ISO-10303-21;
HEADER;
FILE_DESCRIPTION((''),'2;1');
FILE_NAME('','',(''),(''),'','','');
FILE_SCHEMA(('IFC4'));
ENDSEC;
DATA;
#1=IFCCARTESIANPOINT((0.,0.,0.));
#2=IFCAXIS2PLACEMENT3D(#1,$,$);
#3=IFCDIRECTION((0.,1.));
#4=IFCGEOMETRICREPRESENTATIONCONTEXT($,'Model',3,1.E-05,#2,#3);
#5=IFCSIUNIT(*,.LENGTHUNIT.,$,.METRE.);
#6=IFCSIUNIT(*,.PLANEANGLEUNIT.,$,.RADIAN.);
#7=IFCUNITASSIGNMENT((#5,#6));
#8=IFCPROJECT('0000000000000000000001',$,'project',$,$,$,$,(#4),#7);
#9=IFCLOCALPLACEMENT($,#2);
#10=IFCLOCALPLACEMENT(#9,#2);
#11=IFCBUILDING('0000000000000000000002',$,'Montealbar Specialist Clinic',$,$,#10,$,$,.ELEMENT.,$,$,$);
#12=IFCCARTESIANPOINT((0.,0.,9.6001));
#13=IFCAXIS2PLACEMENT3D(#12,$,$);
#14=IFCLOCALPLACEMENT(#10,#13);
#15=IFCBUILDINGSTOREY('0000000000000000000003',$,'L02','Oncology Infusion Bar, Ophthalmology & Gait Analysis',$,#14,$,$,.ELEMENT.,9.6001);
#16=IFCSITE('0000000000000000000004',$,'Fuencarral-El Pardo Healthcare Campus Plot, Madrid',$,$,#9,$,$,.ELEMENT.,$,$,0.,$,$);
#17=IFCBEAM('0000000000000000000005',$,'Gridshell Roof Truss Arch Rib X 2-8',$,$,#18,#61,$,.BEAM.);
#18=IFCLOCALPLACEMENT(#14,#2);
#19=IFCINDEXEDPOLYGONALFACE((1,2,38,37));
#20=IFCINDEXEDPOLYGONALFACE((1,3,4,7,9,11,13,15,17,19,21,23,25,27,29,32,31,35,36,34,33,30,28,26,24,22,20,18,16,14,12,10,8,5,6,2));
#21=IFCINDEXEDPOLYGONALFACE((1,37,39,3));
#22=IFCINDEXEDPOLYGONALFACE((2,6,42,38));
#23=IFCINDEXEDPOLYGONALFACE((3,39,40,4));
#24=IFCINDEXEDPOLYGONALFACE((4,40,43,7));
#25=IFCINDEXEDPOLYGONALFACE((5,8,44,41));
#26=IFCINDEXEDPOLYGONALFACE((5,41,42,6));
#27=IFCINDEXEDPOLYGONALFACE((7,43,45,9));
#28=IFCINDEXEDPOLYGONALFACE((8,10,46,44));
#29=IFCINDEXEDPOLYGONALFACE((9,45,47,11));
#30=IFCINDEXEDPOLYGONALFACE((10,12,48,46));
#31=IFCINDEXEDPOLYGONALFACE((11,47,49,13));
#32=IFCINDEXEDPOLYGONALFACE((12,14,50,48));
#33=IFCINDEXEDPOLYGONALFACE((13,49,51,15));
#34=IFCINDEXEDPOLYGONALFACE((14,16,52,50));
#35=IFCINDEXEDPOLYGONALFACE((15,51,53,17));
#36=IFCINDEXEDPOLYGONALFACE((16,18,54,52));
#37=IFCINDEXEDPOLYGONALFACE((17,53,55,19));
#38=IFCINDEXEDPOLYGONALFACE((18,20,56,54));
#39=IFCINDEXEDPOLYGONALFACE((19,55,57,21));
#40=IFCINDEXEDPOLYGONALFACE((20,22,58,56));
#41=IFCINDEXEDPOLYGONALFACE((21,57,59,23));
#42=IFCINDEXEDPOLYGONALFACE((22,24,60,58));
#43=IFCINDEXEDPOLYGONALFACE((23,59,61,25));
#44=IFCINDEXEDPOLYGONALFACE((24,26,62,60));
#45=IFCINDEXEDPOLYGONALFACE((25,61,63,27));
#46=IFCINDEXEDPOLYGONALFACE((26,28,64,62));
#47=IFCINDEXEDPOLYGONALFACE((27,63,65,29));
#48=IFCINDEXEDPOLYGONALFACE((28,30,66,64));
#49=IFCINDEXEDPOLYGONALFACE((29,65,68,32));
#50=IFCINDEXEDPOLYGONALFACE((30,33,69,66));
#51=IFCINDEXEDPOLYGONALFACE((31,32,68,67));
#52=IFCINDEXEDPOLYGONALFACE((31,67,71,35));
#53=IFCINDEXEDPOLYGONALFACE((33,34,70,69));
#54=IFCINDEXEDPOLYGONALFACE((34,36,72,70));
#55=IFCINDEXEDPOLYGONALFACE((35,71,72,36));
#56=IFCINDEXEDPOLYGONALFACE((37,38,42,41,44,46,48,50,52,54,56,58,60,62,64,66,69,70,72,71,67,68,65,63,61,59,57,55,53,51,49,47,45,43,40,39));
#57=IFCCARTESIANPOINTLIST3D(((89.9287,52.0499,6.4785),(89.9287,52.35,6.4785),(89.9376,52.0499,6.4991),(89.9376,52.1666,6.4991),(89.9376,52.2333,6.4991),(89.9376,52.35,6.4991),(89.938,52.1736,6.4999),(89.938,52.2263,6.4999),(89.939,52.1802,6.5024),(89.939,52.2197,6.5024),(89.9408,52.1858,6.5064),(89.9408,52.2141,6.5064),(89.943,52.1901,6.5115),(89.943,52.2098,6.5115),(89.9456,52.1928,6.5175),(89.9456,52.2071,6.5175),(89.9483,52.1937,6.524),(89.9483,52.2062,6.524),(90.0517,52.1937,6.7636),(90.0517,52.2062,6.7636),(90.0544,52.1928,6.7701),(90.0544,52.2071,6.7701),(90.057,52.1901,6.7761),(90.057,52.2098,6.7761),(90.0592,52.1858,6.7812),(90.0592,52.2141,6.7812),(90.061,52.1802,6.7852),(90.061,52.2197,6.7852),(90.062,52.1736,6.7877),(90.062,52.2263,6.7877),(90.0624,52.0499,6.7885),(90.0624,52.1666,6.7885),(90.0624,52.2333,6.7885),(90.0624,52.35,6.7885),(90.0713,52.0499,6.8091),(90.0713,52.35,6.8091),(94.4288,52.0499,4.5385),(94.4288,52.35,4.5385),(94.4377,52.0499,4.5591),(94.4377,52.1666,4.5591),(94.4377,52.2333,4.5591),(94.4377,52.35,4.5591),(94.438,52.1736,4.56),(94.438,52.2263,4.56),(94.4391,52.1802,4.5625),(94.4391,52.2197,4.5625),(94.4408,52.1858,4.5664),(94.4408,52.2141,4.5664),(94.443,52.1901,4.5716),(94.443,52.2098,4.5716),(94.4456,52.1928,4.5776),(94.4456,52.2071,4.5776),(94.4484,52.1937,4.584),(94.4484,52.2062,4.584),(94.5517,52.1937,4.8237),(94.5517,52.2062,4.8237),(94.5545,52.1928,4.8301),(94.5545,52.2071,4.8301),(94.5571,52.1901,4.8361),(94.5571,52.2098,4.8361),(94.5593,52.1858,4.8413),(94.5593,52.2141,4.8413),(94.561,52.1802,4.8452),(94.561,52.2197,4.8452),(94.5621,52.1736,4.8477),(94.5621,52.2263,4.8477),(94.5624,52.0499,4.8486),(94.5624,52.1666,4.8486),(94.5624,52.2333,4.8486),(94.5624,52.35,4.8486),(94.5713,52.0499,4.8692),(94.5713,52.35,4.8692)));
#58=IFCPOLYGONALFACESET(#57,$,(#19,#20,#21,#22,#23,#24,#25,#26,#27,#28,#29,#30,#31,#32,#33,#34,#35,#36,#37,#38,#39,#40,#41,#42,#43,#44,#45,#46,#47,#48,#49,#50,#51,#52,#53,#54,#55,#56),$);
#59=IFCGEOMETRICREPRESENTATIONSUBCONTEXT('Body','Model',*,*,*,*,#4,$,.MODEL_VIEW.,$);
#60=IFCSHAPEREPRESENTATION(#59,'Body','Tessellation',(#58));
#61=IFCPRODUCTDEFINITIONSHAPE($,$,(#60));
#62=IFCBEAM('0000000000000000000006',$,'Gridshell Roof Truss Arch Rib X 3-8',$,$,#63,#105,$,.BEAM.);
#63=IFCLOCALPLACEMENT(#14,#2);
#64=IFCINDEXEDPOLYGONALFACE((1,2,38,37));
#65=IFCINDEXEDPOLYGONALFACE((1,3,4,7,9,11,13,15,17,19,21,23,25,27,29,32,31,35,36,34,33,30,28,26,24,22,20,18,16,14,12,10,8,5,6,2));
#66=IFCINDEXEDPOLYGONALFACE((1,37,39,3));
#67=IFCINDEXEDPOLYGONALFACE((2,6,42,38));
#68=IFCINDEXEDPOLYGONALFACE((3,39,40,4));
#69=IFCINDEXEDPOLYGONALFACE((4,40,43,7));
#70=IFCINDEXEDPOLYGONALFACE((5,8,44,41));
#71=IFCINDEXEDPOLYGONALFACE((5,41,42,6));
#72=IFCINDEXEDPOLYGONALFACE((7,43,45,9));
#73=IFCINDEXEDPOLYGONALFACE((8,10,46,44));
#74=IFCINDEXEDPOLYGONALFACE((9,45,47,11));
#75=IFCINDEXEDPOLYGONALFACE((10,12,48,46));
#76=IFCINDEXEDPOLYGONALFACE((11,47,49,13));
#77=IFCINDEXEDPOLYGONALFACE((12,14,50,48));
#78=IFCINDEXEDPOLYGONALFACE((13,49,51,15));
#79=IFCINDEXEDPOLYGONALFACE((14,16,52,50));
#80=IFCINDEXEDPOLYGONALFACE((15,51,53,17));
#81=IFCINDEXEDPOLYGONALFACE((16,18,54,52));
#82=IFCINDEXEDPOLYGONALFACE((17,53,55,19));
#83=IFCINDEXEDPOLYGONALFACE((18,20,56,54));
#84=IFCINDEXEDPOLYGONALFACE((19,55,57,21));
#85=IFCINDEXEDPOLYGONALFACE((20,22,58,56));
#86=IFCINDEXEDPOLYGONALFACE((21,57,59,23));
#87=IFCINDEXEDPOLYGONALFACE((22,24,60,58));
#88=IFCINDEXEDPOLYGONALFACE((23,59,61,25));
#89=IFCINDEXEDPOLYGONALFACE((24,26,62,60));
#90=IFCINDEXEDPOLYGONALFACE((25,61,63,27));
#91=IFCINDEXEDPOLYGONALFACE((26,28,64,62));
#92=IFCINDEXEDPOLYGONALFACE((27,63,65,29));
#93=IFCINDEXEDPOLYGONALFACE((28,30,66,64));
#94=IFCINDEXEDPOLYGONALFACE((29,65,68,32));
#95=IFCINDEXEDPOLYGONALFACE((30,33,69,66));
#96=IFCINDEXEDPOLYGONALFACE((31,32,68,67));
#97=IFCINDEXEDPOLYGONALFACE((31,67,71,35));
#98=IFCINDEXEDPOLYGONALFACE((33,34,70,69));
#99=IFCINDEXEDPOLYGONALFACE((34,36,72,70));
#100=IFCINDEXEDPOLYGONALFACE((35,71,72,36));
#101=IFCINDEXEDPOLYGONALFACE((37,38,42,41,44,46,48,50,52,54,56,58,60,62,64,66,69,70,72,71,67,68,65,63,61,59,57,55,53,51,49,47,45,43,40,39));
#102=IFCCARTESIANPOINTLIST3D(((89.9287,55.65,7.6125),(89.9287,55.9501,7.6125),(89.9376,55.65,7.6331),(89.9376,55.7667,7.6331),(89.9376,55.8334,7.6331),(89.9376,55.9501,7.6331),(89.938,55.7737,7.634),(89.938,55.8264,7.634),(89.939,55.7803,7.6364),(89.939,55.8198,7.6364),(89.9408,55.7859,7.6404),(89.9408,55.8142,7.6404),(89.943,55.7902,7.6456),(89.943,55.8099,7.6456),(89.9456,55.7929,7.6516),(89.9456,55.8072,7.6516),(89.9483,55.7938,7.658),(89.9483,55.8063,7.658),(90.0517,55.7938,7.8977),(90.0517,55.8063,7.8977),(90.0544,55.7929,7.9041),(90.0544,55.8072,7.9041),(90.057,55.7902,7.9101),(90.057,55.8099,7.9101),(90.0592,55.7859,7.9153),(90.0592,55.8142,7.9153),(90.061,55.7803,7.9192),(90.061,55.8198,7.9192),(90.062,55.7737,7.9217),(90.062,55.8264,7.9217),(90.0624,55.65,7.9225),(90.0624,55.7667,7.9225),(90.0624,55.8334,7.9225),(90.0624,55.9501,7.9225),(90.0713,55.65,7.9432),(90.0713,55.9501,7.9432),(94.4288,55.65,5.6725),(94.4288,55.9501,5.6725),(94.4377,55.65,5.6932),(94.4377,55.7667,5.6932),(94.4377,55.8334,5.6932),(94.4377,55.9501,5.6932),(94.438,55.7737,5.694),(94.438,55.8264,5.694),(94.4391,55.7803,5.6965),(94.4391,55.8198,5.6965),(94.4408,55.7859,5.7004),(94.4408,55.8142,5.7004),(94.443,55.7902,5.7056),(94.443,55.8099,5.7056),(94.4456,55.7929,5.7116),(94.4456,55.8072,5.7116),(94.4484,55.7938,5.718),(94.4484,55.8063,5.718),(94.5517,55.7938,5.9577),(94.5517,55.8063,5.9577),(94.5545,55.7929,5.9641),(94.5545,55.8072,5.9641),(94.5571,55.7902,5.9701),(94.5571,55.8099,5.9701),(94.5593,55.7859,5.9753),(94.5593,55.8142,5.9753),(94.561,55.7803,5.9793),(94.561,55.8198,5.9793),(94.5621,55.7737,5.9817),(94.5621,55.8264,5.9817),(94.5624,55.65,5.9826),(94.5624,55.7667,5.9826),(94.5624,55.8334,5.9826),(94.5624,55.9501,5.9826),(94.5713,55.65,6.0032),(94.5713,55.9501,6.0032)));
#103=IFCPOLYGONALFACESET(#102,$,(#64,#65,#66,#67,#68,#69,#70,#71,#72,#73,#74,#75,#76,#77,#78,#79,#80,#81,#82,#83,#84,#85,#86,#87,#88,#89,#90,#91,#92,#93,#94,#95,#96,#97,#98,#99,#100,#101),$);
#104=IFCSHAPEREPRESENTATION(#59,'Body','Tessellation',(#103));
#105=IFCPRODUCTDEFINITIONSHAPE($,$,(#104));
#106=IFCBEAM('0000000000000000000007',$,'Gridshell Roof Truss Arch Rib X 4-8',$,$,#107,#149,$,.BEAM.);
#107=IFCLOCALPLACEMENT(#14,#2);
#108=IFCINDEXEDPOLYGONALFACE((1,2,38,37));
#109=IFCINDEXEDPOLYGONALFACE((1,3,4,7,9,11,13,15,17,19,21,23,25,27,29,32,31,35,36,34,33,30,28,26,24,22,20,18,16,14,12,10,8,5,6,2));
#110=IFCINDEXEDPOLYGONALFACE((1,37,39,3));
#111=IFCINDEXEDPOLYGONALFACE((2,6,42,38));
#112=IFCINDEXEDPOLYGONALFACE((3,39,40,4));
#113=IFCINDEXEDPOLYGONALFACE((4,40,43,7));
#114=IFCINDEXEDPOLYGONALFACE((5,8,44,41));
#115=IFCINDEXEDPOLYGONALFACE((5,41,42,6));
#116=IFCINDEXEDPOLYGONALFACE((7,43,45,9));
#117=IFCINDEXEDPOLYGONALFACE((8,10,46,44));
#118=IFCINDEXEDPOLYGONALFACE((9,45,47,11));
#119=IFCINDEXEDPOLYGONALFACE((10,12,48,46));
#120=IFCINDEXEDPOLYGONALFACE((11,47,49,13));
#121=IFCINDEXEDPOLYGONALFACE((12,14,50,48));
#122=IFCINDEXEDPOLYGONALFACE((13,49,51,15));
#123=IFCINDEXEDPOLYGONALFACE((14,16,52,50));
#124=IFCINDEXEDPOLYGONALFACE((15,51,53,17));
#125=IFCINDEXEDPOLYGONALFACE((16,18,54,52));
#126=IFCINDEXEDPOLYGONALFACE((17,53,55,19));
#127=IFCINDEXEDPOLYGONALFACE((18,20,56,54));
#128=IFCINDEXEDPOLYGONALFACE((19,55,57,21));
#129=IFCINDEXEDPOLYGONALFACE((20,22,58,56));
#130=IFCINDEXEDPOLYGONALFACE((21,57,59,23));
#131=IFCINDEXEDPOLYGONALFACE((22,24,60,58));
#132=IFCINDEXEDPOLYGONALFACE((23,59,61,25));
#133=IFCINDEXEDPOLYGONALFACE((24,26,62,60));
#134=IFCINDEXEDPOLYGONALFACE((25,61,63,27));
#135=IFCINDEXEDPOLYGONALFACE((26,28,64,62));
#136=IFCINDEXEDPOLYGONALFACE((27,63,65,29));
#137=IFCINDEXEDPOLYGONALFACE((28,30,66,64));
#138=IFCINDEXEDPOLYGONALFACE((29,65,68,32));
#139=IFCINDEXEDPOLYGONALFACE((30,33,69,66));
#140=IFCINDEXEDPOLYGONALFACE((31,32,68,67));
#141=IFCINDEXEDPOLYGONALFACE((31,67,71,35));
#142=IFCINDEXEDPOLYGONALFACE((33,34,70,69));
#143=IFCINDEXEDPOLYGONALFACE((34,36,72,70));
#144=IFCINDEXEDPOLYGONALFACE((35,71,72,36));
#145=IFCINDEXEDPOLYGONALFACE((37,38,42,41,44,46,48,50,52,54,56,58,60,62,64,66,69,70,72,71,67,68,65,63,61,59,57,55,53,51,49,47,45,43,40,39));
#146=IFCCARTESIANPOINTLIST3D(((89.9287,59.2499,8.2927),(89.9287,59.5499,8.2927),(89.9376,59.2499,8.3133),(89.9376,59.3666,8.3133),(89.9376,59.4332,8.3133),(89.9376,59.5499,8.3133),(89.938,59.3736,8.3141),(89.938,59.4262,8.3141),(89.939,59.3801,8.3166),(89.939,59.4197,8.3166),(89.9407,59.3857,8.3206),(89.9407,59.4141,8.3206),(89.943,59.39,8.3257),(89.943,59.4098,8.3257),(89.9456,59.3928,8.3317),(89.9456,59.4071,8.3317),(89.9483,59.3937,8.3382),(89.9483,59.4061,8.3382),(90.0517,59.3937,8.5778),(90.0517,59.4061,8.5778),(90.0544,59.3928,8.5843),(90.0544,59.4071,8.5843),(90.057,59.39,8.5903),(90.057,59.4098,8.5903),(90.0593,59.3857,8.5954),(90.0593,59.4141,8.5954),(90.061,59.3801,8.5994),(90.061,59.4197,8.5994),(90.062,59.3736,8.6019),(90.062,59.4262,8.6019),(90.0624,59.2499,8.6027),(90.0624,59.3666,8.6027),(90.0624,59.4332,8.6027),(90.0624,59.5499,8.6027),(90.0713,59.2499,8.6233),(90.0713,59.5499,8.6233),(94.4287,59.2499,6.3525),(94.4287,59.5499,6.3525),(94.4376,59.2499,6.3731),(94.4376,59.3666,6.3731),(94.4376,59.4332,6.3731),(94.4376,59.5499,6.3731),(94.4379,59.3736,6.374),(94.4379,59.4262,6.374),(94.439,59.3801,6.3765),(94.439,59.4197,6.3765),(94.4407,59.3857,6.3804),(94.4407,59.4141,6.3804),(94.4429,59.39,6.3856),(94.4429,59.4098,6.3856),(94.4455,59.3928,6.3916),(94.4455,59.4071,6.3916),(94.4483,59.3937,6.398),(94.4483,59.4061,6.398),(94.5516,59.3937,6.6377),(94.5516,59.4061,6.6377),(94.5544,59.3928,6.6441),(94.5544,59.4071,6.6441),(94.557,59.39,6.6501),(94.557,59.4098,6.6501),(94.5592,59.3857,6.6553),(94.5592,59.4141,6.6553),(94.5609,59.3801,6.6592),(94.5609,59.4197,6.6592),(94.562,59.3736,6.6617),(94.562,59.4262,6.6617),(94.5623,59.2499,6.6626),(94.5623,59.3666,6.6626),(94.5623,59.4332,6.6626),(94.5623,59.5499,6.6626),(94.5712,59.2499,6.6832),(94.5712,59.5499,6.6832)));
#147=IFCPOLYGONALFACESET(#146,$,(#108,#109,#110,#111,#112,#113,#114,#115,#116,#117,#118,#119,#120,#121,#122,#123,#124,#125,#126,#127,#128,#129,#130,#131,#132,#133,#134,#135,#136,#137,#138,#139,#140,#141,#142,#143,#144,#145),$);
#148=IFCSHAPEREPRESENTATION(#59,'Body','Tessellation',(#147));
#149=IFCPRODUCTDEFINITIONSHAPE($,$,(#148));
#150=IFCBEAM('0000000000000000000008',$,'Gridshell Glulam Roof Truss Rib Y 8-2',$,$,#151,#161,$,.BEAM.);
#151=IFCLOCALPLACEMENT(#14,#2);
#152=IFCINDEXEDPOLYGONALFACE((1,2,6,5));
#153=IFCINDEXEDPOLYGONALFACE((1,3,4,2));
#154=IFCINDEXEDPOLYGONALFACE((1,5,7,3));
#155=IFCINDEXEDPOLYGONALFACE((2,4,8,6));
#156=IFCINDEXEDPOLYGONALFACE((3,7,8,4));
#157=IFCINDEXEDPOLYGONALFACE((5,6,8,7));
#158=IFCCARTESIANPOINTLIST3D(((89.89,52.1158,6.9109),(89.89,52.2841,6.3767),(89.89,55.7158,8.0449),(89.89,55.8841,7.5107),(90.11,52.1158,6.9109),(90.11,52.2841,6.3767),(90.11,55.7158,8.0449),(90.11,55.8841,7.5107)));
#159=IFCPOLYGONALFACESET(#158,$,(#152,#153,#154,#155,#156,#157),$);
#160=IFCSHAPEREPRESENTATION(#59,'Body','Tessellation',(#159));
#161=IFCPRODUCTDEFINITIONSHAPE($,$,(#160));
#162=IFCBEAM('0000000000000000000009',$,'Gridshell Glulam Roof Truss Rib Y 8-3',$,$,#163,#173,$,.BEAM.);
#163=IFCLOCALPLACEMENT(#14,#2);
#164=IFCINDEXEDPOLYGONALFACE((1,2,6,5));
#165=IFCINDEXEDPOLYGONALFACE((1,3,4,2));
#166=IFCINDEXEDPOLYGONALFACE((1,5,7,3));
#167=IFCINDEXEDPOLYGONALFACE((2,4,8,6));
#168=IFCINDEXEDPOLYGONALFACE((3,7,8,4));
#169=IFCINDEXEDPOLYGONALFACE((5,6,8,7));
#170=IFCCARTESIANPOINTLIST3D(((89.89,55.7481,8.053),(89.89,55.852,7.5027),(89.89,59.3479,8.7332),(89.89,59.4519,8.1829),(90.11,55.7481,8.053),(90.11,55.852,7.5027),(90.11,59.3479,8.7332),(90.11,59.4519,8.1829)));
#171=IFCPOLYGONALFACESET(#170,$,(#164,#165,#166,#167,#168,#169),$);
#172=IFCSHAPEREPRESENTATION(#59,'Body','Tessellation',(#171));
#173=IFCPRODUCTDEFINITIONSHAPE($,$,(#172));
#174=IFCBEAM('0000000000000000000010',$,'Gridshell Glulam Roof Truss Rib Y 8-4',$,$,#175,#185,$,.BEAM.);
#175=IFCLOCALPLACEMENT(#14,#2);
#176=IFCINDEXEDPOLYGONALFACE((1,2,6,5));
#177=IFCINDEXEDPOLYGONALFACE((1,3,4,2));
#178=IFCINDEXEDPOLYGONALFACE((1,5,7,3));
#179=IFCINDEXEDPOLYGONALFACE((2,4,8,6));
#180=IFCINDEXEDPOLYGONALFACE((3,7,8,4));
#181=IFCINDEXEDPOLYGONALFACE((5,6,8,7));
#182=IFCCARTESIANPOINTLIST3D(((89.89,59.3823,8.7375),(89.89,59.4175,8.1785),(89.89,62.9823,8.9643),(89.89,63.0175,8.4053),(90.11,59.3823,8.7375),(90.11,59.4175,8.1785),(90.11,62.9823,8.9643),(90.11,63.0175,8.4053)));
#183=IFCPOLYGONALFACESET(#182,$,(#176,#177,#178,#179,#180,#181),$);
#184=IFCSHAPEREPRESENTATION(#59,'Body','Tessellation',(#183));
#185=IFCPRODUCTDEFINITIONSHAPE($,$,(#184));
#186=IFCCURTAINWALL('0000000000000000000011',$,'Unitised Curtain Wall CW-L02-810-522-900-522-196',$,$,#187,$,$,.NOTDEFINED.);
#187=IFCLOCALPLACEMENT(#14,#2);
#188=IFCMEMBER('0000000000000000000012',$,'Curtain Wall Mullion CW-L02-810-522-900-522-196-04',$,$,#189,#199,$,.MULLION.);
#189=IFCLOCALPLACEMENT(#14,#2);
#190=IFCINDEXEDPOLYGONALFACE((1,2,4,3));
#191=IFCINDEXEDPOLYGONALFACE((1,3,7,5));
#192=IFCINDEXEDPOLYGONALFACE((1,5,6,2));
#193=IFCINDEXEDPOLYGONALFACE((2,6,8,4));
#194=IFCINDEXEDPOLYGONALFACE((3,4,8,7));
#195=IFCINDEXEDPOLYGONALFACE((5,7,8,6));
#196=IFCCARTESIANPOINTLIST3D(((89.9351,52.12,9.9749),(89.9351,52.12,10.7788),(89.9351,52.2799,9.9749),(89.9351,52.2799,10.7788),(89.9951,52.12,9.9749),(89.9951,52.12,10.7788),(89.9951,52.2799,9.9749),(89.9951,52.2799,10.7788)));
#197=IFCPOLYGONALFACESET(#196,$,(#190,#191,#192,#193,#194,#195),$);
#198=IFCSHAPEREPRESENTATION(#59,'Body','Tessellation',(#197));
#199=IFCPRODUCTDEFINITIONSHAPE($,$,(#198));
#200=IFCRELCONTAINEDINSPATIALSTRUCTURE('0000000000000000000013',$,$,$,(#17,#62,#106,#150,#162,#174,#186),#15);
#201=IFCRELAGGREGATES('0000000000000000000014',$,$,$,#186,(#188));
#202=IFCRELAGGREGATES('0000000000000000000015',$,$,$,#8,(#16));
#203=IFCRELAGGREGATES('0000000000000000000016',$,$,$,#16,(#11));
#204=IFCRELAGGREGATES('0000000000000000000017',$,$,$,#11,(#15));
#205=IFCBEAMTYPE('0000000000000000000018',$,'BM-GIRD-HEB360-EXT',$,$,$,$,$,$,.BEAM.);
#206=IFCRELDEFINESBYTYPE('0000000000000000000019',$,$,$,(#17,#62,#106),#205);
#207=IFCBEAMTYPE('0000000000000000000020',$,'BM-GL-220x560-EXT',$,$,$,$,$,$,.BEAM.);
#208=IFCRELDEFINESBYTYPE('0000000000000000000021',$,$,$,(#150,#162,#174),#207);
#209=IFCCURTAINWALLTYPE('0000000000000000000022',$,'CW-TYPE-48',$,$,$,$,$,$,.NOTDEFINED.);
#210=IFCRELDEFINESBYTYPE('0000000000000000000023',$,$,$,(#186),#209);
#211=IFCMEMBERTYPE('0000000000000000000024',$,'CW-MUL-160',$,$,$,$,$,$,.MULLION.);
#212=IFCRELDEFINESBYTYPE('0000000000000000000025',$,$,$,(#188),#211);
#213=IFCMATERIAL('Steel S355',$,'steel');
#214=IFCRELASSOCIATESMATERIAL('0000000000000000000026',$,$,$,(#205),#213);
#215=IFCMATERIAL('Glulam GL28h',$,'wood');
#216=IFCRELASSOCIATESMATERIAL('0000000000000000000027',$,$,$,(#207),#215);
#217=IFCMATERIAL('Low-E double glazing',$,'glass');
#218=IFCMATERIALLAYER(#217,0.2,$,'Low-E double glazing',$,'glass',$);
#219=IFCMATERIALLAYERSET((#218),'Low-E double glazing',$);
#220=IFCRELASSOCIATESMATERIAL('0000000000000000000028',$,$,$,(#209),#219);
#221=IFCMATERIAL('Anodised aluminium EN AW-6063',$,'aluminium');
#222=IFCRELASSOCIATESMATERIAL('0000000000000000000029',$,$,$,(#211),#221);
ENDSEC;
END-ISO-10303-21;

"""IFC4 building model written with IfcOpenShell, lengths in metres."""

from ifc_helpers import new_model, si_unit, direction, frame, origin, origin_2d, place, context, subcontext, project, spatial, rectangle, i_section, extrude, material, layer, layer_set, material_profile, profile_set, type_object, element, aggregate, save


model = new_model("IFC4")

# Units and contexts
model_context = context("Model", 3, precision=1e-05, world=origin(), true_north=direction((0.0, 1.0)))
body_context = subcontext(model_context, "Body", "Model", "MODEL_VIEW")
ifc_project = project(units=[si_unit("LENGTHUNIT", "METRE"), si_unit("PLANEANGLEUNIT", "RADIAN")], contexts=[model_context])

# Site, building, storey
site_placement = place(None, origin())
site = spatial("IfcSite", under=ifc_project, at=site_placement, Name="Fuencarral-El Pardo Healthcare Campus Plot, Madrid", CompositionType="ELEMENT", RefElevation=0.0)
building_placement = place(site_placement, origin())
building = spatial("IfcBuilding", under=site, at=building_placement, Name="Montealbar Specialist Clinic", CompositionType="ELEMENT")
storey_placement = place(building_placement, frame((0.0, 0.0, 9.6001)))
storey = spatial("IfcBuildingStorey", under=building, at=storey_placement, Name="L02", Description="Oncology Infusion Bar, Ophthalmology & Gait Analysis", CompositionType="ELEMENT", Elevation=9.6001)

# Beams
ifc_material_1 = material(Name="Steel S355", Category="steel")
ifc_material_profile_1 = material_profile(ifc_material_1, i_section(OverallWidth=0.3, OverallDepth=0.3601, WebThickness=0.0125, FlangeThickness=0.0225, FilletRadius=0.0271, at=origin_2d()), Name="HEB 360", Category="steel")
ifc_profile_set_1 = profile_set([ifc_material_profile_1], Name="Steel S355")
beam_type_1 = type_object("IfcBeamType", Name="BM-GIRD-HEB360-EXT", PredefinedType="BEAM", material=ifc_profile_set_1)
for number, where, z_axis, x_axis, name in (
    (1, (90.0, 52.2, 6.6438), (0.918303, 0.0, -0.395879), (0.0, 1.0, 0.0), "Gridshell Roof Truss Arch Rib X 2-8"),
    (2, (90.0, 55.8, 7.7778), (0.918303, 0.0, -0.395879), (0.0, 1.0, 0.0), "Gridshell Roof Truss Arch Rib X 3-8"),
    (3, (90.0, 59.3999, 8.458), (0.918285, 0.0, -0.395921), (0.0, 1.0, 0.0), "Gridshell Roof Truss Arch Rib X 4-8"),
):
    element("IfcBeam", number, at=place(storey_placement, frame(where, z_axis=z_axis, x_axis=x_axis)), inside=storey, type_object=beam_type_1, Name=name, PredefinedType="BEAM", context=body_context, shape_type="SweptSolid", body=[
        extrude(i_section(OverallWidth=0.3, OverallDepth=0.3601, WebThickness=0.0125, FlangeThickness=0.0225, FilletRadius=0.0271, at=origin_2d()), origin(), (0.0, 0.0, 1.0), 4.9004),
    ])
ifc_material_2 = material(Name="Glulam GL28h", Category="wood")
ifc_material_profile_2 = material_profile(ifc_material_2, rectangle(XDim=0.22, YDim=0.5601, at=origin_2d()), Name="GL28h 220x560", Category="wood")
ifc_profile_set_2 = profile_set([ifc_material_profile_2], Name="Glulam GL28h")
beam_type_2 = type_object("IfcBeamType", Name="BM-GL-220x560-EXT", PredefinedType="BEAM", material=ifc_profile_set_2)
beam_1_placement = place(storey_placement, frame((90.0, 52.2, 6.6438), z_axis=(0.0, 0.953798, 0.300447), x_axis=(-1.0, 0.0, 0.0)))
element("IfcBeam", 4, at=beam_1_placement, inside=storey, type_object=beam_type_2, Name="Gridshell Glulam Roof Truss Rib Y 8-2", PredefinedType="BEAM", context=body_context, shape_type="SweptSolid", body=[
    extrude(rectangle(XDim=0.22, YDim=0.5601, at=origin_2d()), origin(), (0.0, 0.0, 1.0), 3.7744),
])
beam_2_placement = place(storey_placement, frame((90.0, 55.8, 7.7778), z_axis=(0.0, 0.982614, 0.18566), x_axis=(-1.0, 0.0, 0.0)))
element("IfcBeam", 5, at=beam_2_placement, inside=storey, type_object=beam_type_2, Name="Gridshell Glulam Roof Truss Rib Y 8-3", PredefinedType="BEAM", context=body_context, shape_type="SweptSolid", body=[
    extrude(rectangle(XDim=0.22, YDim=0.5601, at=origin_2d()), origin(), (0.0, 0.0, 1.0), 3.6636),
])
beam_3_placement = place(storey_placement, frame((90.0, 59.3999, 8.458), z_axis=(0.0, 0.998021, 0.062875), x_axis=(-1.0, 0.0, 0.0)))
element("IfcBeam", 6, at=beam_3_placement, inside=storey, type_object=beam_type_2, Name="Gridshell Glulam Roof Truss Rib Y 8-4", PredefinedType="BEAM", context=body_context, shape_type="SweptSolid", body=[
    extrude(rectangle(XDim=0.22, YDim=0.5601, at=origin_2d()), origin(), (0.0, 0.0, 1.0), 3.6072),
])

# Curtain wall, member
ifc_material_3 = material(Name="Low-E double glazing", Category="glass")
ifc_layer_1 = layer(ifc_material_3, 0.2, Name="Low-E double glazing", Category="glass")
ifc_layer_set_1 = layer_set([ifc_layer_1], Name="Low-E double glazing")
curtain_wall_type = type_object("IfcCurtainWallType", Name="CW-TYPE-48", PredefinedType="NOTDEFINED", material=ifc_layer_set_1)
curtain_wall_1_placement = place(storey_placement, origin())
curtain_wall_1 = element("IfcCurtainWall", 7, at=curtain_wall_1_placement, inside=storey, type_object=curtain_wall_type, Name="Unitised Curtain Wall CW-L02-810-522-900-522-196", PredefinedType="NOTDEFINED")
ifc_material_4 = material(Name="Anodised aluminium EN AW-6063", Category="aluminium")
ifc_material_profile_3 = material_profile(ifc_material_4, rectangle(XDim=0.0601, YDim=0.1599, at=origin_2d()), Name="ALU 60x160", Category="aluminium")
ifc_profile_set_3 = profile_set([ifc_material_profile_3], Name="Anodised aluminium EN AW-6063")
member_type_1 = type_object("IfcMemberType", Name="CW-MUL-160", PredefinedType="MULLION", material=ifc_profile_set_3)
member_1_placement = place(storey_placement, frame((89.9651, 52.2, 9.9749), z_axis=(0.0, 0.0, 1.0), x_axis=(1.0, 0.0, 0.0)))
member_1 = element("IfcMember", 8, at=member_1_placement, type_object=member_type_1, Name="Curtain Wall Mullion CW-L02-810-522-900-522-196-04", PredefinedType="MULLION", context=body_context, shape_type="SweptSolid", body=[
    extrude(rectangle(XDim=0.0601, YDim=0.1599, at=origin_2d()), origin(), (0.0, 0.0, 1.0), 0.804),
])
aggregate(curtain_wall_1, [member_1])

save(model, "model.ifc")
